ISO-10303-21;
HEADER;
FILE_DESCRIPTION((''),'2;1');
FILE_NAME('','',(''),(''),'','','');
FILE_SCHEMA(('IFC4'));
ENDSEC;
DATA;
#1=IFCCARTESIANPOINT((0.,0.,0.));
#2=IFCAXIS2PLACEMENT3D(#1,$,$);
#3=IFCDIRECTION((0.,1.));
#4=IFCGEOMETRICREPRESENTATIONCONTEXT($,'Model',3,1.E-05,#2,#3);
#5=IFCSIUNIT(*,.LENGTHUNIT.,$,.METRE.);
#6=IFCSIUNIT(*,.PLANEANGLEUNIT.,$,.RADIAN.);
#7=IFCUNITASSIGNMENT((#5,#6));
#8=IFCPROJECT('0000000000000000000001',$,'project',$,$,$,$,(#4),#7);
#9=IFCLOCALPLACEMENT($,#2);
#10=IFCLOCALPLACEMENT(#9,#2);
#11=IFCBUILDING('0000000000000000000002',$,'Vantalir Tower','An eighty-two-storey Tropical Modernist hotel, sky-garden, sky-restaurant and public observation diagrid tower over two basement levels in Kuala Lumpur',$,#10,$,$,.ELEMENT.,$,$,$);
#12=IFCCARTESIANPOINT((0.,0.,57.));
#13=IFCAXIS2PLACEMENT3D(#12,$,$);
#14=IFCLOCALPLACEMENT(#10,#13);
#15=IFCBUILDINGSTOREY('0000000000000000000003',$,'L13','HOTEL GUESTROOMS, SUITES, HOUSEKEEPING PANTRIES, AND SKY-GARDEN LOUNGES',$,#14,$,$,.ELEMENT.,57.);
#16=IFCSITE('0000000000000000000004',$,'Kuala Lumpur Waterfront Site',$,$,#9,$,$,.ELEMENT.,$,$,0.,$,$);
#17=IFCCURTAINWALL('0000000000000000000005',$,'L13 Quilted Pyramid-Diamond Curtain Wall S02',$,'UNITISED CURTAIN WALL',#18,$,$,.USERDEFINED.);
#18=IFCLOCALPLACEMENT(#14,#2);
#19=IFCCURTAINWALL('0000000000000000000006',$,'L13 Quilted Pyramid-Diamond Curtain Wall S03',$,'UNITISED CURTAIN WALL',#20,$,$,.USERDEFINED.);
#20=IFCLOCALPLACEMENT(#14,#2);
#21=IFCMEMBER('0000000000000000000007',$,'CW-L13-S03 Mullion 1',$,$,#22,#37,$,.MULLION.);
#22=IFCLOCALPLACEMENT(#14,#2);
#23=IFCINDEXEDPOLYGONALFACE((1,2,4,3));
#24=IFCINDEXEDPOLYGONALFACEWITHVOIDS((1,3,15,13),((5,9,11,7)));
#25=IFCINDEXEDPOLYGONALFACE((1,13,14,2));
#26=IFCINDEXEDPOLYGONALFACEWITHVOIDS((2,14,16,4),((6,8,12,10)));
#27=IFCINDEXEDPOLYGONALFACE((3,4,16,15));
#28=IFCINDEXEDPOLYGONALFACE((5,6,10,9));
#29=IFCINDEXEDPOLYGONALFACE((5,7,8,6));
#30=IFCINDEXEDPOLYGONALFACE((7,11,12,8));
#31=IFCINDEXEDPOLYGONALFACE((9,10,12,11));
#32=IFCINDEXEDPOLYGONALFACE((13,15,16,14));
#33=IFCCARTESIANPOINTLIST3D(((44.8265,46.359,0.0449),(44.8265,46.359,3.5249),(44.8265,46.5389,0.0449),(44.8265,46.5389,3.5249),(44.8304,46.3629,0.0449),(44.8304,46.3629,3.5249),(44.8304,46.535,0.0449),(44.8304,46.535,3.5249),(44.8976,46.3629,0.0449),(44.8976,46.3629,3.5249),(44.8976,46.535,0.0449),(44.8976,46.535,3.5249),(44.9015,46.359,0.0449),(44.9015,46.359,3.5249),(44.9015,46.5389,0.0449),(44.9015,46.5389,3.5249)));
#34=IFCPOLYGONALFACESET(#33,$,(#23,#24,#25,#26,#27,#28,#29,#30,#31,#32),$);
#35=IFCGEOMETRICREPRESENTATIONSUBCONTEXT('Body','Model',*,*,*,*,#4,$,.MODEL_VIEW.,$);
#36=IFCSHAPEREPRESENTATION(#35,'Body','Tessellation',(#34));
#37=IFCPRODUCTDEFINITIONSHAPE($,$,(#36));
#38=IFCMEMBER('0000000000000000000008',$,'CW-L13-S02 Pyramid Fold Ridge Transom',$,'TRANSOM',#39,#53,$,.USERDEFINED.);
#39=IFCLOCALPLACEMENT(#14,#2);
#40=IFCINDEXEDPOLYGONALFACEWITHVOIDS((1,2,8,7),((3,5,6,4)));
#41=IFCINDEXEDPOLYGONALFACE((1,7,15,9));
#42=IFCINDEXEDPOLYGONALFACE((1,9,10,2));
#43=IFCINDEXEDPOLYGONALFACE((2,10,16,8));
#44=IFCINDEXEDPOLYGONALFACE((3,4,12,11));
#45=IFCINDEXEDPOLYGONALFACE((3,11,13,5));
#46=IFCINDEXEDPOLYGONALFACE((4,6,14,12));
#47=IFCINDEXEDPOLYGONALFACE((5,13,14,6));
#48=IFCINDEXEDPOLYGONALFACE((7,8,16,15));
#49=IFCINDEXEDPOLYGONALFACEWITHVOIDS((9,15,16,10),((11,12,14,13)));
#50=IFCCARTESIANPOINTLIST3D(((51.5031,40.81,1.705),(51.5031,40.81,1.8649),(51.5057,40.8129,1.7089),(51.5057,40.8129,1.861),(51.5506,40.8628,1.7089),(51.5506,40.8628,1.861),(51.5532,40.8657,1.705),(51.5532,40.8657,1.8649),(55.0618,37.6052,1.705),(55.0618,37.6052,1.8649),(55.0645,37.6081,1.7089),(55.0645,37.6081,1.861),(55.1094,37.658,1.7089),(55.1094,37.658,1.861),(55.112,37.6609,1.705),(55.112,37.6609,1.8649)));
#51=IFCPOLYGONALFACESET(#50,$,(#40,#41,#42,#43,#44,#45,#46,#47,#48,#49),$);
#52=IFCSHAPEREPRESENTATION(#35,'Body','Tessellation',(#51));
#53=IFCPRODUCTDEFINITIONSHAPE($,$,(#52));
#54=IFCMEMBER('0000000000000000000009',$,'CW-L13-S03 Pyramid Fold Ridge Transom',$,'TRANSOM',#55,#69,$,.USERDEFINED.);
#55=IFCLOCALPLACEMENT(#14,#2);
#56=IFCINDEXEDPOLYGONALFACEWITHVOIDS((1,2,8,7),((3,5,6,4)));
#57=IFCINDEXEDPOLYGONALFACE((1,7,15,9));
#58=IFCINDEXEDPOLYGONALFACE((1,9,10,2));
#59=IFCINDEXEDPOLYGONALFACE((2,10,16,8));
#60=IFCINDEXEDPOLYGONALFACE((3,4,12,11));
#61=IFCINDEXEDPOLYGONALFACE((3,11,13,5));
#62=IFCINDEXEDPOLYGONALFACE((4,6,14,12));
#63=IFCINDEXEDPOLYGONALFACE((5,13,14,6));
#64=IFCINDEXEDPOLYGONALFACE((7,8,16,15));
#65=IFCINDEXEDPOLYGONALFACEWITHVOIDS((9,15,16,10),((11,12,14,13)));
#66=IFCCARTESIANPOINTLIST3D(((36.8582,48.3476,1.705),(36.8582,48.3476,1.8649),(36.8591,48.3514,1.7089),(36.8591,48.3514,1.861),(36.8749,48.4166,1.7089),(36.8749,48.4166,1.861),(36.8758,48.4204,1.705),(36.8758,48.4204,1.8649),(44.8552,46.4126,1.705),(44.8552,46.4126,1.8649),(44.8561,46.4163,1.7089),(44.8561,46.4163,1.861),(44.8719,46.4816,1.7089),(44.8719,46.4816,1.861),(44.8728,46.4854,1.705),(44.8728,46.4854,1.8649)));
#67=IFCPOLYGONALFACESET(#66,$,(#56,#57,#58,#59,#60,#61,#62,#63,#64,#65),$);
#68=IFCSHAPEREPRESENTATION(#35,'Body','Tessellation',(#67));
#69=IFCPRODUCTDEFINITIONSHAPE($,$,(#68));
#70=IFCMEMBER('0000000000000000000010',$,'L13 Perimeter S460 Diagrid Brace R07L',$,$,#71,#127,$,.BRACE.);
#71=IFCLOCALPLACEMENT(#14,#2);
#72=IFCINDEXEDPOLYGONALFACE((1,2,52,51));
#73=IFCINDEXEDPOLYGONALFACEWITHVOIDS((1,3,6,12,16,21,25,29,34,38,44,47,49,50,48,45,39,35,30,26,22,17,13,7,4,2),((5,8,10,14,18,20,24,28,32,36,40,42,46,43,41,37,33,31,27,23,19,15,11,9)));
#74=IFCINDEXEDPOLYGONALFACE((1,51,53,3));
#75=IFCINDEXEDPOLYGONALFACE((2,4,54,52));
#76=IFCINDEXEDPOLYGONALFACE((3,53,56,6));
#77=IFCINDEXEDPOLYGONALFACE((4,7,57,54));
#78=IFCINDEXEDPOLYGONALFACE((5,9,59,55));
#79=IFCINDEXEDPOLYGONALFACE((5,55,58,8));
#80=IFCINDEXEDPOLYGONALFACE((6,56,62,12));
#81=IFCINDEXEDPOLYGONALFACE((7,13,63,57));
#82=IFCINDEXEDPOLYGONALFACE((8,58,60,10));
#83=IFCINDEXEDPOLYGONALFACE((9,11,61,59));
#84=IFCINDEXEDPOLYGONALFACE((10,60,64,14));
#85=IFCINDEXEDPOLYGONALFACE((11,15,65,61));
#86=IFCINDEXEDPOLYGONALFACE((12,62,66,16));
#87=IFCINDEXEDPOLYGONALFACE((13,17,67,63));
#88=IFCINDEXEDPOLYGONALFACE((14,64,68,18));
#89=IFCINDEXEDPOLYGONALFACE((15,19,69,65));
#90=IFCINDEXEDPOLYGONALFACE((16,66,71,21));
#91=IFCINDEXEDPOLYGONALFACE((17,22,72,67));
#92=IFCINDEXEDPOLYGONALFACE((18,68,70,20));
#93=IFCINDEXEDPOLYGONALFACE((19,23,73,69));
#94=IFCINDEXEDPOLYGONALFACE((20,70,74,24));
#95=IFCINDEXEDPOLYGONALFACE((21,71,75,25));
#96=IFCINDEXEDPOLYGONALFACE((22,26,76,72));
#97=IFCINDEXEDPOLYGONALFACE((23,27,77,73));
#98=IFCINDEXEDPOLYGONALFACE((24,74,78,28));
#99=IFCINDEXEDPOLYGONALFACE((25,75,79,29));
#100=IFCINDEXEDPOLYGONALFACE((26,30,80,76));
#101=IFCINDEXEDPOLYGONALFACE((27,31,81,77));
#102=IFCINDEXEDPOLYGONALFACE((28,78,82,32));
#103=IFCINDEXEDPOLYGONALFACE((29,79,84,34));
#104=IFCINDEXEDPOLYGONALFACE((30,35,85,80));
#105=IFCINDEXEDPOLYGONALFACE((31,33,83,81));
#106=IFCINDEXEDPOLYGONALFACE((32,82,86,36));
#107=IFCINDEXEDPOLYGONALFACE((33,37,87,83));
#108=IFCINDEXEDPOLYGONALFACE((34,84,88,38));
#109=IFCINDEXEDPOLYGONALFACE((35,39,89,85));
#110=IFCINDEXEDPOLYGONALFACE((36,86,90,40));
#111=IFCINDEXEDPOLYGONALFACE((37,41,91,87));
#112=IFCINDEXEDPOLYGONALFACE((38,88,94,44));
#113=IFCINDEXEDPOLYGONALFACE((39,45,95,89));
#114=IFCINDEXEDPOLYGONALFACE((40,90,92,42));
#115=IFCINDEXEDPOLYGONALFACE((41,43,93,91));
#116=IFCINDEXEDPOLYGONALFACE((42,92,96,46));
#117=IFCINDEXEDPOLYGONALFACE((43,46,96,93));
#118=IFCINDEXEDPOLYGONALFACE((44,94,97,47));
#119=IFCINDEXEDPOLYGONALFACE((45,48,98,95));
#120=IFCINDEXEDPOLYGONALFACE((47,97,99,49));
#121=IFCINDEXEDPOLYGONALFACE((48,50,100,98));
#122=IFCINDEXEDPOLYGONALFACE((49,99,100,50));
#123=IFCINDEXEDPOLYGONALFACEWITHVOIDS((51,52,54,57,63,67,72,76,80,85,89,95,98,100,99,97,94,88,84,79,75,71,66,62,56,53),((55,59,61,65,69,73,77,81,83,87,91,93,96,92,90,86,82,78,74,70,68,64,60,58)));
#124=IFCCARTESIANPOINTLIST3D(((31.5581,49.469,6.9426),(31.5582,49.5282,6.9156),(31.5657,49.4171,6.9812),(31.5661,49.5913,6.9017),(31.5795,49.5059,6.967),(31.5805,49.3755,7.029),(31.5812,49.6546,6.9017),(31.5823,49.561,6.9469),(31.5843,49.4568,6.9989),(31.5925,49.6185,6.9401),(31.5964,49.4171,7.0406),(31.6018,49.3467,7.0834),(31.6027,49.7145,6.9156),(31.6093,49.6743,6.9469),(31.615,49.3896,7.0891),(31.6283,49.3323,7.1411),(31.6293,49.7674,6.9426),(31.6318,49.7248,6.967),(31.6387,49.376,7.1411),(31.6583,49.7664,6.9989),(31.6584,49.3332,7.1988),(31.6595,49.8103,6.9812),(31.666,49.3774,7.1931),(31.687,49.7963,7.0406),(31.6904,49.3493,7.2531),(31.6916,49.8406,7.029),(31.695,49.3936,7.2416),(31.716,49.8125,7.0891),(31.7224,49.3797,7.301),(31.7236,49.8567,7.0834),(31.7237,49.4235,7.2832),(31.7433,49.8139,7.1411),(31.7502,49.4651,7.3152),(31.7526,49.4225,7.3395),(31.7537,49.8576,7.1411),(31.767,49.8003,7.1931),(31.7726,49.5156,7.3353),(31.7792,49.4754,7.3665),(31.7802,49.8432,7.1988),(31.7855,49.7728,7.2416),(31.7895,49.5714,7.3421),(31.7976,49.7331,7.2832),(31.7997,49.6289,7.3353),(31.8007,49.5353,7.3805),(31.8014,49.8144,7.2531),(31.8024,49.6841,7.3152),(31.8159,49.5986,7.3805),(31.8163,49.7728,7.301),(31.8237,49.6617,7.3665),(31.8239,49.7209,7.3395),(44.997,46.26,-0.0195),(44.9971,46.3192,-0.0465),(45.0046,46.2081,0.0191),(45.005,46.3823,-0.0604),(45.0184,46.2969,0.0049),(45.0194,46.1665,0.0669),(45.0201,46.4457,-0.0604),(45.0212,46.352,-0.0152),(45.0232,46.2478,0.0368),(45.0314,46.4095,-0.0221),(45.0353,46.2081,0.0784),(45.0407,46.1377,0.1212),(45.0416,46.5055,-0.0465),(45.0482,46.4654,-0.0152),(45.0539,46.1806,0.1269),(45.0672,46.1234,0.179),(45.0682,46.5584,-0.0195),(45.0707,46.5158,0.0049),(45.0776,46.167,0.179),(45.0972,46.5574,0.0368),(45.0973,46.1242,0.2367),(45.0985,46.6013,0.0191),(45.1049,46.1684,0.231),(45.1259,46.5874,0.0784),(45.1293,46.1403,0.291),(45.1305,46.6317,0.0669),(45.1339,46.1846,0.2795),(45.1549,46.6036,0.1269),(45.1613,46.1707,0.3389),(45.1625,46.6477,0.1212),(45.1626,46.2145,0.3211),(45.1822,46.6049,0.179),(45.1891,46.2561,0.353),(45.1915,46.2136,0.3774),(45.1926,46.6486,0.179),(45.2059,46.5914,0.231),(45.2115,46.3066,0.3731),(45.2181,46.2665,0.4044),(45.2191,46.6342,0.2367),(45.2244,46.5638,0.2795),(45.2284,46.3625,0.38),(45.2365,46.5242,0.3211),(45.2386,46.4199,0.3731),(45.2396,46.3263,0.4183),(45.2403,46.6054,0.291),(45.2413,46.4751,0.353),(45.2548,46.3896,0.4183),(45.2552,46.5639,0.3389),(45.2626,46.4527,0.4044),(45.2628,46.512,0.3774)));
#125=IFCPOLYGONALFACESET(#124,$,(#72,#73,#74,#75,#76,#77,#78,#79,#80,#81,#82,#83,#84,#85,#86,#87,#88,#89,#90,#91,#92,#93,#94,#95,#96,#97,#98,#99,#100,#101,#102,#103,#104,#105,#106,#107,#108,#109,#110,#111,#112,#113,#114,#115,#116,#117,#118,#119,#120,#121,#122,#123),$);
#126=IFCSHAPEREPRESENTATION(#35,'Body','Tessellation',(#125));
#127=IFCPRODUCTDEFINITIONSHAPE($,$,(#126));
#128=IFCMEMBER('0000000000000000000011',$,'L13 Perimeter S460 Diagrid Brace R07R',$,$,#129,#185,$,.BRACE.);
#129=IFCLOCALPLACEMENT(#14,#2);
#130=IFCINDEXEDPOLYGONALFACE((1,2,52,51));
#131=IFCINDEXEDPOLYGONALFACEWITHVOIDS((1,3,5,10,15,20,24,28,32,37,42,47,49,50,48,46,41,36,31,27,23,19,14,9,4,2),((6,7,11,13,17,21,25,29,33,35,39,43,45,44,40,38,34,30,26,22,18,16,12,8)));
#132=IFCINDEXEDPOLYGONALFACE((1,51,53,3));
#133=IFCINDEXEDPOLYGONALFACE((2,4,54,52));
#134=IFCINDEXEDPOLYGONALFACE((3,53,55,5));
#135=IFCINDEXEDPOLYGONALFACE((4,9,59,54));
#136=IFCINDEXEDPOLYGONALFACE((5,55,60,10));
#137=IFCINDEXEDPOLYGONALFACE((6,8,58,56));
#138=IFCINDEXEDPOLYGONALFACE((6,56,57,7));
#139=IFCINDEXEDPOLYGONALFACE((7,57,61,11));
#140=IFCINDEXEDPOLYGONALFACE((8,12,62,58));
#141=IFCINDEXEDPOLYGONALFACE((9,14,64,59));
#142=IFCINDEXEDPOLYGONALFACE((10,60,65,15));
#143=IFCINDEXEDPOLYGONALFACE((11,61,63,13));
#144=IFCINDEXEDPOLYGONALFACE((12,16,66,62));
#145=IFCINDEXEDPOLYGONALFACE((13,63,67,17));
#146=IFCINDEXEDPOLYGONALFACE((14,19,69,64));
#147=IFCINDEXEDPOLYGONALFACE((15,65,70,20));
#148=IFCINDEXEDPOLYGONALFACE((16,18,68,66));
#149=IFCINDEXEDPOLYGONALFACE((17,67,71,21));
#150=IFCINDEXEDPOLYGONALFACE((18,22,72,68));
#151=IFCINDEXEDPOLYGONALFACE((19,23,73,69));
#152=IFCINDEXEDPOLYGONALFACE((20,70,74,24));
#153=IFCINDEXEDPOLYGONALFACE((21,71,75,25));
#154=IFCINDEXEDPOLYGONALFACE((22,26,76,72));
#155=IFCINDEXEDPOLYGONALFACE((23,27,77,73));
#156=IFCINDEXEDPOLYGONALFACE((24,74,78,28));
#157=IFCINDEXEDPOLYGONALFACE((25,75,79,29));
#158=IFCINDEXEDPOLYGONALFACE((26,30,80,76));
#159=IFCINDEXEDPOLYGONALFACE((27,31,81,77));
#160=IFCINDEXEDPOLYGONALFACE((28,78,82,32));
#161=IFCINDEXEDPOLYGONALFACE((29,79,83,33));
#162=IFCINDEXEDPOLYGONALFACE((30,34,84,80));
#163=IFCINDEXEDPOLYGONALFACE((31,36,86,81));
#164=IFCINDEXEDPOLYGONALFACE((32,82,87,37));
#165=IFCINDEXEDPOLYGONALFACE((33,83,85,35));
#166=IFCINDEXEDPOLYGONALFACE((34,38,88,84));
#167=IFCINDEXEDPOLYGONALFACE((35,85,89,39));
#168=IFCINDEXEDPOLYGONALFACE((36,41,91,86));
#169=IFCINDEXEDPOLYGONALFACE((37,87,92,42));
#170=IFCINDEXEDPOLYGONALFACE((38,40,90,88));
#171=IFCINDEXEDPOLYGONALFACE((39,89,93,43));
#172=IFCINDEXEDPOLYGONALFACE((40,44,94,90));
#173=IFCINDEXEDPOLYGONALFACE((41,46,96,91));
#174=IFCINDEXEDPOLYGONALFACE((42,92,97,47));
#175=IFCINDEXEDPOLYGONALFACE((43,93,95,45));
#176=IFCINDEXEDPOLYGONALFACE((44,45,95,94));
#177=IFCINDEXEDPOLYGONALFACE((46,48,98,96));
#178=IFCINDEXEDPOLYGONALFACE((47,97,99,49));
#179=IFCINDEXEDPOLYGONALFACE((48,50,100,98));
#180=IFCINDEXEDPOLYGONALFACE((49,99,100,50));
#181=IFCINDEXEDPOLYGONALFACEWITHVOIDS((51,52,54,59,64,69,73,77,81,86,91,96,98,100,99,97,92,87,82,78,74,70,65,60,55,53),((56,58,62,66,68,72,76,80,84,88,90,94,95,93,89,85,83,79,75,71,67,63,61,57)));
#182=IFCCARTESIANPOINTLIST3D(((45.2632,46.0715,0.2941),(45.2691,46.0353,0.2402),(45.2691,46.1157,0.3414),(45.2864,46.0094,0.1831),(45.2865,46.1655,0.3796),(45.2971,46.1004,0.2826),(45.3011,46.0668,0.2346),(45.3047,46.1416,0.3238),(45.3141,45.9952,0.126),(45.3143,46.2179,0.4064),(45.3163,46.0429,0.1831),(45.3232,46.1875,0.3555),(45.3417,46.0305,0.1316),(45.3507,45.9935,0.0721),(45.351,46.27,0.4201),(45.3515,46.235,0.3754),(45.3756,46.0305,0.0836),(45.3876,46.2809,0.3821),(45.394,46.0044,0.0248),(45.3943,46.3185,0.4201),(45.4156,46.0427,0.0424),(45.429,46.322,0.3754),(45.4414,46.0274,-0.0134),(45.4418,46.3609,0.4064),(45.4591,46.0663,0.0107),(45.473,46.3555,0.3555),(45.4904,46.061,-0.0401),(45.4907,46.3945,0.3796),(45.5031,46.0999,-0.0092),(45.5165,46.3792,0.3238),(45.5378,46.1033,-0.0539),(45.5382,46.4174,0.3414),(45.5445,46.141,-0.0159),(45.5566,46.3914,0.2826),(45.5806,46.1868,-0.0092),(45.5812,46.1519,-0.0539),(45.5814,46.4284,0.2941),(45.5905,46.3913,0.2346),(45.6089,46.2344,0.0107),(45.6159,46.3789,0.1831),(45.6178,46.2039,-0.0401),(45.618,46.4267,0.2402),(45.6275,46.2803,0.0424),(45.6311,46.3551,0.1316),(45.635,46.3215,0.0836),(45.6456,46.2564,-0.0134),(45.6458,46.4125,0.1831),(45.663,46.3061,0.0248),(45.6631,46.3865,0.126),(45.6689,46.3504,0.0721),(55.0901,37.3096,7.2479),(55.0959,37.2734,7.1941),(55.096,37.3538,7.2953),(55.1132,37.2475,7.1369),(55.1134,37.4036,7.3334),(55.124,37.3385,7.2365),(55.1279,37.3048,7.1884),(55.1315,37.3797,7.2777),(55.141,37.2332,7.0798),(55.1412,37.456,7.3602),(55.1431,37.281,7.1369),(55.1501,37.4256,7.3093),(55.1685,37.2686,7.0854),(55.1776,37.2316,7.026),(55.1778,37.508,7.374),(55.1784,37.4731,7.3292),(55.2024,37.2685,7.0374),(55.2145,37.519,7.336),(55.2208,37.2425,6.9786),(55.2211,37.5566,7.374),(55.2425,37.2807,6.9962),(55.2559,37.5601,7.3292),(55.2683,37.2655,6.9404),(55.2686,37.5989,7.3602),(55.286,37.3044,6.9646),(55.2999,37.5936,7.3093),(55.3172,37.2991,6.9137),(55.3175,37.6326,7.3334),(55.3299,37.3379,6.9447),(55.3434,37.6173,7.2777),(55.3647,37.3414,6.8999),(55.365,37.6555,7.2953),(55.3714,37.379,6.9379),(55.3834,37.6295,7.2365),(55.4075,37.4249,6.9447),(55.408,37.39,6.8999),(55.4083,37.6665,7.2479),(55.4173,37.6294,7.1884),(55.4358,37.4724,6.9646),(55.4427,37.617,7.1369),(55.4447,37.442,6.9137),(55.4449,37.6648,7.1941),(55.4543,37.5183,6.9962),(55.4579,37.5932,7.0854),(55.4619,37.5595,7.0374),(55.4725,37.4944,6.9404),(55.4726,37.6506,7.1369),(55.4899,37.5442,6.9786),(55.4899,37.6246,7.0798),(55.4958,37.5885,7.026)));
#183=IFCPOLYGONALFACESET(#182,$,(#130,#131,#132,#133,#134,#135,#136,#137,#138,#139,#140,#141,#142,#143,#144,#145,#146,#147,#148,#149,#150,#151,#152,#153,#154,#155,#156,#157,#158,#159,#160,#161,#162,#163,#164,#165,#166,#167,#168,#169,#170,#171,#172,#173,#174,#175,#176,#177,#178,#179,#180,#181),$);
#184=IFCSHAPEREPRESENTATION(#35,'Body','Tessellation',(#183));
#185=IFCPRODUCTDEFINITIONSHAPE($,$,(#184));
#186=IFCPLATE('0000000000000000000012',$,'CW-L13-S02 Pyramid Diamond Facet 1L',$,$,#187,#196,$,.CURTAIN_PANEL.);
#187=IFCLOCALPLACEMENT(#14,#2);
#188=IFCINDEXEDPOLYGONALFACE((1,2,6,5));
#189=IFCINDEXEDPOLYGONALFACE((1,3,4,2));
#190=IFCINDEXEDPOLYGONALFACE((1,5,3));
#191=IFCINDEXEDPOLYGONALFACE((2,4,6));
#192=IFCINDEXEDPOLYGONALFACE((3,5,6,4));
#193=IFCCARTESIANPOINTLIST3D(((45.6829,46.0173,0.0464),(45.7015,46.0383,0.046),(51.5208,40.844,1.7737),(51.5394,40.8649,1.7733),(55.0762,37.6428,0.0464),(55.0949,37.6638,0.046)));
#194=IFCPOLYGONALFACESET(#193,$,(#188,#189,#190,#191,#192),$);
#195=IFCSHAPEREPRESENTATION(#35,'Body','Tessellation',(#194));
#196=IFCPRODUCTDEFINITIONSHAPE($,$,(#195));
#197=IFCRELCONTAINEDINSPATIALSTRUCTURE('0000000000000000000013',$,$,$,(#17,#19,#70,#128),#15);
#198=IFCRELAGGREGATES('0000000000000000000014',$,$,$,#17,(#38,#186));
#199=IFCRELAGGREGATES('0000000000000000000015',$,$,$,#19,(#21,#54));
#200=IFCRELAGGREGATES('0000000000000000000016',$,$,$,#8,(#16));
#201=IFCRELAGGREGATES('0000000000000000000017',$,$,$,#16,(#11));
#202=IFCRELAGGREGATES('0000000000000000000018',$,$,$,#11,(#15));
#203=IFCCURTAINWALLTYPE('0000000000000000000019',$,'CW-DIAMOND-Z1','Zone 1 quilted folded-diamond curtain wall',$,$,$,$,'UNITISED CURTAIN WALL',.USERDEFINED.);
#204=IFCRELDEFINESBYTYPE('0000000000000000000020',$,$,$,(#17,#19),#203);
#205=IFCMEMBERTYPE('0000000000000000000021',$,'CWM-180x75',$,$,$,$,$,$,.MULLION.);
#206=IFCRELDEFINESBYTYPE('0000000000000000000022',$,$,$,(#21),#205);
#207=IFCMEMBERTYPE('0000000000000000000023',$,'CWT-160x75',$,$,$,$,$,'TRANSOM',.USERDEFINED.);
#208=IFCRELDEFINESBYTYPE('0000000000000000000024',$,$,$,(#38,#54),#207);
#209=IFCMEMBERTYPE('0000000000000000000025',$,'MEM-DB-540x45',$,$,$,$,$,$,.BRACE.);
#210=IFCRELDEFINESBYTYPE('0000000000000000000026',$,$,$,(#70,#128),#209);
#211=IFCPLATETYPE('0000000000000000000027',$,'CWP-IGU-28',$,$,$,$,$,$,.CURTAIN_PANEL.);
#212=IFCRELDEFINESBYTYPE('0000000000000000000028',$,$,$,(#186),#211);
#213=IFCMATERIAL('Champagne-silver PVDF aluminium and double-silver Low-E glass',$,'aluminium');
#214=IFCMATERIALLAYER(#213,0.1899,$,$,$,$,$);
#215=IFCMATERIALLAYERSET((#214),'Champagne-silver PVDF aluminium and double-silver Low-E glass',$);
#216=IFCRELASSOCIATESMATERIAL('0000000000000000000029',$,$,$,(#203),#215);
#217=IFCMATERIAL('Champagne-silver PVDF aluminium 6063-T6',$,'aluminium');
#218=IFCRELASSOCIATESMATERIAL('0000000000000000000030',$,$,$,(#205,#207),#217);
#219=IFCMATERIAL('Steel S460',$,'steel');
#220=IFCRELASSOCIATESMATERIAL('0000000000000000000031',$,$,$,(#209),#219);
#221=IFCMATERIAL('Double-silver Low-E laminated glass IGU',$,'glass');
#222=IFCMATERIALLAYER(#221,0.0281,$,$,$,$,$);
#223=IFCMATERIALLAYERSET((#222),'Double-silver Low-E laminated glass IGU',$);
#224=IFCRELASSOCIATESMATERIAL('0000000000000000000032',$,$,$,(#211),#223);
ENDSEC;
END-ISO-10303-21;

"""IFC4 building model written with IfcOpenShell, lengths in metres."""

from ifc_helpers import new_model, si_unit, direction, frame, origin, origin_2d, place, context, subcontext, project, spatial, polyline, hollow_rectangle, hollow_circle, outline, extrude, material, layer, layer_set, material_profile, profile_set, type_object, element, aggregate, save


model = new_model("IFC4")

# Units and contexts
model_context = context("Model", 3, precision=1e-05, world=origin(), true_north=direction((0.0, 1.0)))
body_context = subcontext(model_context, "Body", "Model", "MODEL_VIEW")
ifc_project = project(units=[si_unit("LENGTHUNIT", "METRE"), si_unit("PLANEANGLEUNIT", "RADIAN")], contexts=[model_context])

# Site, building, storey
site_placement = place(None, origin())
site = spatial("IfcSite", under=ifc_project, at=site_placement, Name="Kuala Lumpur Waterfront Site", CompositionType="ELEMENT", RefElevation=0.0)
building_placement = place(site_placement, origin())
building = spatial("IfcBuilding", under=site, at=building_placement, Name="Vantalir Tower", Description="An eighty-two-storey Tropical Modernist hotel, sky-garden, sky-restaurant and public observation diagrid tower over two basement levels in Kuala Lumpur", CompositionType="ELEMENT")
storey_placement = place(building_placement, frame((0.0, 0.0, 57.0)))
storey = spatial("IfcBuildingStorey", under=building, at=storey_placement, Name="L13", Description="HOTEL GUESTROOMS, SUITES, HOUSEKEEPING PANTRIES, AND SKY-GARDEN LOUNGES", CompositionType="ELEMENT", Elevation=57.0)

# Shared definitions
ifc_material_1 = material(Name="Steel S460", Category="steel")

# Curtain wall
ifc_material_2 = material(Name="Champagne-silver PVDF aluminium and double-silver Low-E glass", Category="aluminium")
ifc_layer_1 = layer(ifc_material_2, 0.1899)
ifc_layer_set_1 = layer_set([ifc_layer_1], Name="Champagne-silver PVDF aluminium and double-silver Low-E glass")
curtain_wall_type = type_object("IfcCurtainWallType", Name="CW-DIAMOND-Z1", Description="Zone 1 quilted folded-diamond curtain wall", ElementType="UNITISED CURTAIN WALL", PredefinedType="USERDEFINED", material=ifc_layer_set_1)
curtain_wall_1_placement = place(storey_placement, origin())
curtain_wall_1 = element("IfcCurtainWall", 1, at=curtain_wall_1_placement, inside=storey, type_object=curtain_wall_type, Name="L13 Quilted Pyramid-Diamond Curtain Wall S02", ObjectType="UNITISED CURTAIN WALL", PredefinedType="USERDEFINED")
ifc_material_3 = material(Name="Champagne-silver PVDF aluminium 6063-T6", Category="aluminium")
ifc_material_profile_1 = material_profile(ifc_material_3, hollow_rectangle(XDim=0.075, YDim=0.1799, WallThickness=0.0039, at=origin_2d()), Name="Champagne-silver PVDF aluminium 6063-T6")
ifc_profile_set_1 = profile_set([ifc_material_profile_1], Name="Champagne-silver PVDF aluminium 6063-T6")
member_type_1 = type_object("IfcMemberType", Name="CWM-180x75", PredefinedType="MULLION", material=ifc_profile_set_1)

# Curtain wall, member
curtain_wall_2_placement = place(storey_placement, origin())
curtain_wall_2 = element("IfcCurtainWall", 2, at=curtain_wall_2_placement, inside=storey, type_object=curtain_wall_type, Name="L13 Quilted Pyramid-Diamond Curtain Wall S03", ObjectType="UNITISED CURTAIN WALL", PredefinedType="USERDEFINED")
member_1_placement = place(storey_placement, frame((44.864, 46.449, 0.0449), z_axis=(0.0, 0.0, 1.0), x_axis=(1.0, 0.0, 0.0)))
member_1 = element("IfcMember", 3, at=member_1_placement, type_object=member_type_1, Name="CW-L13-S03 Mullion 1", PredefinedType="MULLION", context=body_context, shape_type="SweptSolid", body=[
    extrude(hollow_rectangle(XDim=0.075, YDim=0.1799, WallThickness=0.0039, at=origin_2d()), origin(), (0.0, 0.0, 1.0), 3.48),
])

# Members
ifc_material_profile_2 = material_profile(ifc_material_3, hollow_rectangle(XDim=0.075, YDim=0.1599, WallThickness=0.0039, at=origin_2d()), Name="Champagne-silver PVDF aluminium 6063-T6")
ifc_profile_set_2 = profile_set([ifc_material_profile_2], Name="Champagne-silver PVDF aluminium 6063-T6")
member_type_2 = type_object("IfcMemberType", Name="CWT-160x75", ElementType="TRANSOM", PredefinedType="USERDEFINED", material=ifc_profile_set_2)
member_2_placement = place(storey_placement, frame((55.0869, 37.6331, 1.7849), z_axis=(-0.743099, 0.669182, 0.0), x_axis=(-0.669182, -0.743099, 0.0)))
member_2 = element("IfcMember", 4, at=member_2_placement, type_object=member_type_2, Name="CW-L13-S02 Pyramid Fold Ridge Transom", ObjectType="TRANSOM", PredefinedType="USERDEFINED", context=body_context, shape_type="SweptSolid", body=[
    extrude(hollow_rectangle(XDim=0.075, YDim=0.1599, WallThickness=0.0039, at=origin_2d()), origin(), (0.0, 0.0, 1.0), 4.7891),
])
member_3_placement = place(storey_placement, frame((44.864, 46.449, 1.7849), z_axis=(-0.971951, 0.235184, 0.0), x_axis=(-0.235184, -0.971951, 0.0)))
member_3 = element("IfcMember", 5, at=member_3_placement, type_object=member_type_2, Name="CW-L13-S03 Pyramid Fold Ridge Transom", ObjectType="TRANSOM", PredefinedType="USERDEFINED", context=body_context, shape_type="SweptSolid", body=[
    extrude(hollow_rectangle(XDim=0.075, YDim=0.1599, WallThickness=0.0039, at=origin_2d()), origin(), (0.0, 0.0, 1.0), 8.2278),
])

# Members
ifc_material_profile_3 = material_profile(ifc_material_1, hollow_circle(Radius=0.27, WallThickness=0.0449, at=origin_2d()), Name="Steel S460")
ifc_profile_set_3 = profile_set([ifc_material_profile_3], Name="Steel S460")
member_type_3 = type_object("IfcMemberType", Name="MEM-DB-540x45", PredefinedType="BRACE", material=ifc_profile_set_3)
member_4_placement = place(storey_placement, frame((45.1299, 46.386, 0.179), z_axis=(-0.868613, 0.207409, 0.449992), x_axis=(-0.232253, -0.972655, 0.0)))
element("IfcMember", 6, at=member_4_placement, inside=storey, type_object=member_type_3, Name="L13 Perimeter S460 Diagrid Brace R07L", PredefinedType="BRACE", context=body_context, shape_type="SweptSolid", body=[
    extrude(hollow_circle(Radius=0.27, WallThickness=0.0449, at=origin_2d()), origin(), (0.0, 0.0, 1.0), 15.4717),
])
member_5_placement = place(storey_placement, frame((45.4661, 46.2109, 0.1831), z_axis=(0.65999, -0.588467, 0.467032), x_axis=(0.665506, 0.746393, 0.0)))
element("IfcMember", 7, at=member_5_placement, inside=storey, type_object=member_type_3, Name="L13 Perimeter S460 Diagrid Brace R07R", PredefinedType="BRACE", context=body_context, shape_type="SweptSolid", body=[
    extrude(hollow_circle(Radius=0.27, WallThickness=0.0449, at=origin_2d()), origin(), (0.0, 0.0, 1.0), 14.8894),
])

# Plate
ifc_material_4 = material(Name="Double-silver Low-E laminated glass IGU", Category="glass")
ifc_layer_2 = layer(ifc_material_4, 0.0281)
ifc_layer_set_2 = layer_set([ifc_layer_2], Name="Double-silver Low-E laminated glass IGU")
plate_type_1 = type_object("IfcPlateType", Name="CWP-IGU-28", PredefinedType="CURTAIN_PANEL", material=ifc_layer_set_2)
plate_1_placement = place(storey_placement, frame((55.0762, 37.6428, 0.0464), z_axis=(-0.665407, -0.746357, 0.013556), x_axis=(-0.746426, 0.665469, 0.0)))
plate_1 = element("IfcPlate", 8, at=plate_1_placement, type_object=plate_type_1, Name="CW-L13-S02 Pyramid Diamond Facet 1L", PredefinedType="CURTAIN_PANEL", context=body_context, shape_type="SweptSolid", body=[
    extrude(outline(polyline([(0.0, 0.0), (12.5844, 0.0), (4.7841, -1.7275), (0.0, 0.0)])), origin(), (0.0, 0.0, -1.0), 0.0281),
])
aggregate(curtain_wall_1, [member_2, plate_1])
aggregate(curtain_wall_2, [member_1, member_3])

save(model, "model.ifc")
